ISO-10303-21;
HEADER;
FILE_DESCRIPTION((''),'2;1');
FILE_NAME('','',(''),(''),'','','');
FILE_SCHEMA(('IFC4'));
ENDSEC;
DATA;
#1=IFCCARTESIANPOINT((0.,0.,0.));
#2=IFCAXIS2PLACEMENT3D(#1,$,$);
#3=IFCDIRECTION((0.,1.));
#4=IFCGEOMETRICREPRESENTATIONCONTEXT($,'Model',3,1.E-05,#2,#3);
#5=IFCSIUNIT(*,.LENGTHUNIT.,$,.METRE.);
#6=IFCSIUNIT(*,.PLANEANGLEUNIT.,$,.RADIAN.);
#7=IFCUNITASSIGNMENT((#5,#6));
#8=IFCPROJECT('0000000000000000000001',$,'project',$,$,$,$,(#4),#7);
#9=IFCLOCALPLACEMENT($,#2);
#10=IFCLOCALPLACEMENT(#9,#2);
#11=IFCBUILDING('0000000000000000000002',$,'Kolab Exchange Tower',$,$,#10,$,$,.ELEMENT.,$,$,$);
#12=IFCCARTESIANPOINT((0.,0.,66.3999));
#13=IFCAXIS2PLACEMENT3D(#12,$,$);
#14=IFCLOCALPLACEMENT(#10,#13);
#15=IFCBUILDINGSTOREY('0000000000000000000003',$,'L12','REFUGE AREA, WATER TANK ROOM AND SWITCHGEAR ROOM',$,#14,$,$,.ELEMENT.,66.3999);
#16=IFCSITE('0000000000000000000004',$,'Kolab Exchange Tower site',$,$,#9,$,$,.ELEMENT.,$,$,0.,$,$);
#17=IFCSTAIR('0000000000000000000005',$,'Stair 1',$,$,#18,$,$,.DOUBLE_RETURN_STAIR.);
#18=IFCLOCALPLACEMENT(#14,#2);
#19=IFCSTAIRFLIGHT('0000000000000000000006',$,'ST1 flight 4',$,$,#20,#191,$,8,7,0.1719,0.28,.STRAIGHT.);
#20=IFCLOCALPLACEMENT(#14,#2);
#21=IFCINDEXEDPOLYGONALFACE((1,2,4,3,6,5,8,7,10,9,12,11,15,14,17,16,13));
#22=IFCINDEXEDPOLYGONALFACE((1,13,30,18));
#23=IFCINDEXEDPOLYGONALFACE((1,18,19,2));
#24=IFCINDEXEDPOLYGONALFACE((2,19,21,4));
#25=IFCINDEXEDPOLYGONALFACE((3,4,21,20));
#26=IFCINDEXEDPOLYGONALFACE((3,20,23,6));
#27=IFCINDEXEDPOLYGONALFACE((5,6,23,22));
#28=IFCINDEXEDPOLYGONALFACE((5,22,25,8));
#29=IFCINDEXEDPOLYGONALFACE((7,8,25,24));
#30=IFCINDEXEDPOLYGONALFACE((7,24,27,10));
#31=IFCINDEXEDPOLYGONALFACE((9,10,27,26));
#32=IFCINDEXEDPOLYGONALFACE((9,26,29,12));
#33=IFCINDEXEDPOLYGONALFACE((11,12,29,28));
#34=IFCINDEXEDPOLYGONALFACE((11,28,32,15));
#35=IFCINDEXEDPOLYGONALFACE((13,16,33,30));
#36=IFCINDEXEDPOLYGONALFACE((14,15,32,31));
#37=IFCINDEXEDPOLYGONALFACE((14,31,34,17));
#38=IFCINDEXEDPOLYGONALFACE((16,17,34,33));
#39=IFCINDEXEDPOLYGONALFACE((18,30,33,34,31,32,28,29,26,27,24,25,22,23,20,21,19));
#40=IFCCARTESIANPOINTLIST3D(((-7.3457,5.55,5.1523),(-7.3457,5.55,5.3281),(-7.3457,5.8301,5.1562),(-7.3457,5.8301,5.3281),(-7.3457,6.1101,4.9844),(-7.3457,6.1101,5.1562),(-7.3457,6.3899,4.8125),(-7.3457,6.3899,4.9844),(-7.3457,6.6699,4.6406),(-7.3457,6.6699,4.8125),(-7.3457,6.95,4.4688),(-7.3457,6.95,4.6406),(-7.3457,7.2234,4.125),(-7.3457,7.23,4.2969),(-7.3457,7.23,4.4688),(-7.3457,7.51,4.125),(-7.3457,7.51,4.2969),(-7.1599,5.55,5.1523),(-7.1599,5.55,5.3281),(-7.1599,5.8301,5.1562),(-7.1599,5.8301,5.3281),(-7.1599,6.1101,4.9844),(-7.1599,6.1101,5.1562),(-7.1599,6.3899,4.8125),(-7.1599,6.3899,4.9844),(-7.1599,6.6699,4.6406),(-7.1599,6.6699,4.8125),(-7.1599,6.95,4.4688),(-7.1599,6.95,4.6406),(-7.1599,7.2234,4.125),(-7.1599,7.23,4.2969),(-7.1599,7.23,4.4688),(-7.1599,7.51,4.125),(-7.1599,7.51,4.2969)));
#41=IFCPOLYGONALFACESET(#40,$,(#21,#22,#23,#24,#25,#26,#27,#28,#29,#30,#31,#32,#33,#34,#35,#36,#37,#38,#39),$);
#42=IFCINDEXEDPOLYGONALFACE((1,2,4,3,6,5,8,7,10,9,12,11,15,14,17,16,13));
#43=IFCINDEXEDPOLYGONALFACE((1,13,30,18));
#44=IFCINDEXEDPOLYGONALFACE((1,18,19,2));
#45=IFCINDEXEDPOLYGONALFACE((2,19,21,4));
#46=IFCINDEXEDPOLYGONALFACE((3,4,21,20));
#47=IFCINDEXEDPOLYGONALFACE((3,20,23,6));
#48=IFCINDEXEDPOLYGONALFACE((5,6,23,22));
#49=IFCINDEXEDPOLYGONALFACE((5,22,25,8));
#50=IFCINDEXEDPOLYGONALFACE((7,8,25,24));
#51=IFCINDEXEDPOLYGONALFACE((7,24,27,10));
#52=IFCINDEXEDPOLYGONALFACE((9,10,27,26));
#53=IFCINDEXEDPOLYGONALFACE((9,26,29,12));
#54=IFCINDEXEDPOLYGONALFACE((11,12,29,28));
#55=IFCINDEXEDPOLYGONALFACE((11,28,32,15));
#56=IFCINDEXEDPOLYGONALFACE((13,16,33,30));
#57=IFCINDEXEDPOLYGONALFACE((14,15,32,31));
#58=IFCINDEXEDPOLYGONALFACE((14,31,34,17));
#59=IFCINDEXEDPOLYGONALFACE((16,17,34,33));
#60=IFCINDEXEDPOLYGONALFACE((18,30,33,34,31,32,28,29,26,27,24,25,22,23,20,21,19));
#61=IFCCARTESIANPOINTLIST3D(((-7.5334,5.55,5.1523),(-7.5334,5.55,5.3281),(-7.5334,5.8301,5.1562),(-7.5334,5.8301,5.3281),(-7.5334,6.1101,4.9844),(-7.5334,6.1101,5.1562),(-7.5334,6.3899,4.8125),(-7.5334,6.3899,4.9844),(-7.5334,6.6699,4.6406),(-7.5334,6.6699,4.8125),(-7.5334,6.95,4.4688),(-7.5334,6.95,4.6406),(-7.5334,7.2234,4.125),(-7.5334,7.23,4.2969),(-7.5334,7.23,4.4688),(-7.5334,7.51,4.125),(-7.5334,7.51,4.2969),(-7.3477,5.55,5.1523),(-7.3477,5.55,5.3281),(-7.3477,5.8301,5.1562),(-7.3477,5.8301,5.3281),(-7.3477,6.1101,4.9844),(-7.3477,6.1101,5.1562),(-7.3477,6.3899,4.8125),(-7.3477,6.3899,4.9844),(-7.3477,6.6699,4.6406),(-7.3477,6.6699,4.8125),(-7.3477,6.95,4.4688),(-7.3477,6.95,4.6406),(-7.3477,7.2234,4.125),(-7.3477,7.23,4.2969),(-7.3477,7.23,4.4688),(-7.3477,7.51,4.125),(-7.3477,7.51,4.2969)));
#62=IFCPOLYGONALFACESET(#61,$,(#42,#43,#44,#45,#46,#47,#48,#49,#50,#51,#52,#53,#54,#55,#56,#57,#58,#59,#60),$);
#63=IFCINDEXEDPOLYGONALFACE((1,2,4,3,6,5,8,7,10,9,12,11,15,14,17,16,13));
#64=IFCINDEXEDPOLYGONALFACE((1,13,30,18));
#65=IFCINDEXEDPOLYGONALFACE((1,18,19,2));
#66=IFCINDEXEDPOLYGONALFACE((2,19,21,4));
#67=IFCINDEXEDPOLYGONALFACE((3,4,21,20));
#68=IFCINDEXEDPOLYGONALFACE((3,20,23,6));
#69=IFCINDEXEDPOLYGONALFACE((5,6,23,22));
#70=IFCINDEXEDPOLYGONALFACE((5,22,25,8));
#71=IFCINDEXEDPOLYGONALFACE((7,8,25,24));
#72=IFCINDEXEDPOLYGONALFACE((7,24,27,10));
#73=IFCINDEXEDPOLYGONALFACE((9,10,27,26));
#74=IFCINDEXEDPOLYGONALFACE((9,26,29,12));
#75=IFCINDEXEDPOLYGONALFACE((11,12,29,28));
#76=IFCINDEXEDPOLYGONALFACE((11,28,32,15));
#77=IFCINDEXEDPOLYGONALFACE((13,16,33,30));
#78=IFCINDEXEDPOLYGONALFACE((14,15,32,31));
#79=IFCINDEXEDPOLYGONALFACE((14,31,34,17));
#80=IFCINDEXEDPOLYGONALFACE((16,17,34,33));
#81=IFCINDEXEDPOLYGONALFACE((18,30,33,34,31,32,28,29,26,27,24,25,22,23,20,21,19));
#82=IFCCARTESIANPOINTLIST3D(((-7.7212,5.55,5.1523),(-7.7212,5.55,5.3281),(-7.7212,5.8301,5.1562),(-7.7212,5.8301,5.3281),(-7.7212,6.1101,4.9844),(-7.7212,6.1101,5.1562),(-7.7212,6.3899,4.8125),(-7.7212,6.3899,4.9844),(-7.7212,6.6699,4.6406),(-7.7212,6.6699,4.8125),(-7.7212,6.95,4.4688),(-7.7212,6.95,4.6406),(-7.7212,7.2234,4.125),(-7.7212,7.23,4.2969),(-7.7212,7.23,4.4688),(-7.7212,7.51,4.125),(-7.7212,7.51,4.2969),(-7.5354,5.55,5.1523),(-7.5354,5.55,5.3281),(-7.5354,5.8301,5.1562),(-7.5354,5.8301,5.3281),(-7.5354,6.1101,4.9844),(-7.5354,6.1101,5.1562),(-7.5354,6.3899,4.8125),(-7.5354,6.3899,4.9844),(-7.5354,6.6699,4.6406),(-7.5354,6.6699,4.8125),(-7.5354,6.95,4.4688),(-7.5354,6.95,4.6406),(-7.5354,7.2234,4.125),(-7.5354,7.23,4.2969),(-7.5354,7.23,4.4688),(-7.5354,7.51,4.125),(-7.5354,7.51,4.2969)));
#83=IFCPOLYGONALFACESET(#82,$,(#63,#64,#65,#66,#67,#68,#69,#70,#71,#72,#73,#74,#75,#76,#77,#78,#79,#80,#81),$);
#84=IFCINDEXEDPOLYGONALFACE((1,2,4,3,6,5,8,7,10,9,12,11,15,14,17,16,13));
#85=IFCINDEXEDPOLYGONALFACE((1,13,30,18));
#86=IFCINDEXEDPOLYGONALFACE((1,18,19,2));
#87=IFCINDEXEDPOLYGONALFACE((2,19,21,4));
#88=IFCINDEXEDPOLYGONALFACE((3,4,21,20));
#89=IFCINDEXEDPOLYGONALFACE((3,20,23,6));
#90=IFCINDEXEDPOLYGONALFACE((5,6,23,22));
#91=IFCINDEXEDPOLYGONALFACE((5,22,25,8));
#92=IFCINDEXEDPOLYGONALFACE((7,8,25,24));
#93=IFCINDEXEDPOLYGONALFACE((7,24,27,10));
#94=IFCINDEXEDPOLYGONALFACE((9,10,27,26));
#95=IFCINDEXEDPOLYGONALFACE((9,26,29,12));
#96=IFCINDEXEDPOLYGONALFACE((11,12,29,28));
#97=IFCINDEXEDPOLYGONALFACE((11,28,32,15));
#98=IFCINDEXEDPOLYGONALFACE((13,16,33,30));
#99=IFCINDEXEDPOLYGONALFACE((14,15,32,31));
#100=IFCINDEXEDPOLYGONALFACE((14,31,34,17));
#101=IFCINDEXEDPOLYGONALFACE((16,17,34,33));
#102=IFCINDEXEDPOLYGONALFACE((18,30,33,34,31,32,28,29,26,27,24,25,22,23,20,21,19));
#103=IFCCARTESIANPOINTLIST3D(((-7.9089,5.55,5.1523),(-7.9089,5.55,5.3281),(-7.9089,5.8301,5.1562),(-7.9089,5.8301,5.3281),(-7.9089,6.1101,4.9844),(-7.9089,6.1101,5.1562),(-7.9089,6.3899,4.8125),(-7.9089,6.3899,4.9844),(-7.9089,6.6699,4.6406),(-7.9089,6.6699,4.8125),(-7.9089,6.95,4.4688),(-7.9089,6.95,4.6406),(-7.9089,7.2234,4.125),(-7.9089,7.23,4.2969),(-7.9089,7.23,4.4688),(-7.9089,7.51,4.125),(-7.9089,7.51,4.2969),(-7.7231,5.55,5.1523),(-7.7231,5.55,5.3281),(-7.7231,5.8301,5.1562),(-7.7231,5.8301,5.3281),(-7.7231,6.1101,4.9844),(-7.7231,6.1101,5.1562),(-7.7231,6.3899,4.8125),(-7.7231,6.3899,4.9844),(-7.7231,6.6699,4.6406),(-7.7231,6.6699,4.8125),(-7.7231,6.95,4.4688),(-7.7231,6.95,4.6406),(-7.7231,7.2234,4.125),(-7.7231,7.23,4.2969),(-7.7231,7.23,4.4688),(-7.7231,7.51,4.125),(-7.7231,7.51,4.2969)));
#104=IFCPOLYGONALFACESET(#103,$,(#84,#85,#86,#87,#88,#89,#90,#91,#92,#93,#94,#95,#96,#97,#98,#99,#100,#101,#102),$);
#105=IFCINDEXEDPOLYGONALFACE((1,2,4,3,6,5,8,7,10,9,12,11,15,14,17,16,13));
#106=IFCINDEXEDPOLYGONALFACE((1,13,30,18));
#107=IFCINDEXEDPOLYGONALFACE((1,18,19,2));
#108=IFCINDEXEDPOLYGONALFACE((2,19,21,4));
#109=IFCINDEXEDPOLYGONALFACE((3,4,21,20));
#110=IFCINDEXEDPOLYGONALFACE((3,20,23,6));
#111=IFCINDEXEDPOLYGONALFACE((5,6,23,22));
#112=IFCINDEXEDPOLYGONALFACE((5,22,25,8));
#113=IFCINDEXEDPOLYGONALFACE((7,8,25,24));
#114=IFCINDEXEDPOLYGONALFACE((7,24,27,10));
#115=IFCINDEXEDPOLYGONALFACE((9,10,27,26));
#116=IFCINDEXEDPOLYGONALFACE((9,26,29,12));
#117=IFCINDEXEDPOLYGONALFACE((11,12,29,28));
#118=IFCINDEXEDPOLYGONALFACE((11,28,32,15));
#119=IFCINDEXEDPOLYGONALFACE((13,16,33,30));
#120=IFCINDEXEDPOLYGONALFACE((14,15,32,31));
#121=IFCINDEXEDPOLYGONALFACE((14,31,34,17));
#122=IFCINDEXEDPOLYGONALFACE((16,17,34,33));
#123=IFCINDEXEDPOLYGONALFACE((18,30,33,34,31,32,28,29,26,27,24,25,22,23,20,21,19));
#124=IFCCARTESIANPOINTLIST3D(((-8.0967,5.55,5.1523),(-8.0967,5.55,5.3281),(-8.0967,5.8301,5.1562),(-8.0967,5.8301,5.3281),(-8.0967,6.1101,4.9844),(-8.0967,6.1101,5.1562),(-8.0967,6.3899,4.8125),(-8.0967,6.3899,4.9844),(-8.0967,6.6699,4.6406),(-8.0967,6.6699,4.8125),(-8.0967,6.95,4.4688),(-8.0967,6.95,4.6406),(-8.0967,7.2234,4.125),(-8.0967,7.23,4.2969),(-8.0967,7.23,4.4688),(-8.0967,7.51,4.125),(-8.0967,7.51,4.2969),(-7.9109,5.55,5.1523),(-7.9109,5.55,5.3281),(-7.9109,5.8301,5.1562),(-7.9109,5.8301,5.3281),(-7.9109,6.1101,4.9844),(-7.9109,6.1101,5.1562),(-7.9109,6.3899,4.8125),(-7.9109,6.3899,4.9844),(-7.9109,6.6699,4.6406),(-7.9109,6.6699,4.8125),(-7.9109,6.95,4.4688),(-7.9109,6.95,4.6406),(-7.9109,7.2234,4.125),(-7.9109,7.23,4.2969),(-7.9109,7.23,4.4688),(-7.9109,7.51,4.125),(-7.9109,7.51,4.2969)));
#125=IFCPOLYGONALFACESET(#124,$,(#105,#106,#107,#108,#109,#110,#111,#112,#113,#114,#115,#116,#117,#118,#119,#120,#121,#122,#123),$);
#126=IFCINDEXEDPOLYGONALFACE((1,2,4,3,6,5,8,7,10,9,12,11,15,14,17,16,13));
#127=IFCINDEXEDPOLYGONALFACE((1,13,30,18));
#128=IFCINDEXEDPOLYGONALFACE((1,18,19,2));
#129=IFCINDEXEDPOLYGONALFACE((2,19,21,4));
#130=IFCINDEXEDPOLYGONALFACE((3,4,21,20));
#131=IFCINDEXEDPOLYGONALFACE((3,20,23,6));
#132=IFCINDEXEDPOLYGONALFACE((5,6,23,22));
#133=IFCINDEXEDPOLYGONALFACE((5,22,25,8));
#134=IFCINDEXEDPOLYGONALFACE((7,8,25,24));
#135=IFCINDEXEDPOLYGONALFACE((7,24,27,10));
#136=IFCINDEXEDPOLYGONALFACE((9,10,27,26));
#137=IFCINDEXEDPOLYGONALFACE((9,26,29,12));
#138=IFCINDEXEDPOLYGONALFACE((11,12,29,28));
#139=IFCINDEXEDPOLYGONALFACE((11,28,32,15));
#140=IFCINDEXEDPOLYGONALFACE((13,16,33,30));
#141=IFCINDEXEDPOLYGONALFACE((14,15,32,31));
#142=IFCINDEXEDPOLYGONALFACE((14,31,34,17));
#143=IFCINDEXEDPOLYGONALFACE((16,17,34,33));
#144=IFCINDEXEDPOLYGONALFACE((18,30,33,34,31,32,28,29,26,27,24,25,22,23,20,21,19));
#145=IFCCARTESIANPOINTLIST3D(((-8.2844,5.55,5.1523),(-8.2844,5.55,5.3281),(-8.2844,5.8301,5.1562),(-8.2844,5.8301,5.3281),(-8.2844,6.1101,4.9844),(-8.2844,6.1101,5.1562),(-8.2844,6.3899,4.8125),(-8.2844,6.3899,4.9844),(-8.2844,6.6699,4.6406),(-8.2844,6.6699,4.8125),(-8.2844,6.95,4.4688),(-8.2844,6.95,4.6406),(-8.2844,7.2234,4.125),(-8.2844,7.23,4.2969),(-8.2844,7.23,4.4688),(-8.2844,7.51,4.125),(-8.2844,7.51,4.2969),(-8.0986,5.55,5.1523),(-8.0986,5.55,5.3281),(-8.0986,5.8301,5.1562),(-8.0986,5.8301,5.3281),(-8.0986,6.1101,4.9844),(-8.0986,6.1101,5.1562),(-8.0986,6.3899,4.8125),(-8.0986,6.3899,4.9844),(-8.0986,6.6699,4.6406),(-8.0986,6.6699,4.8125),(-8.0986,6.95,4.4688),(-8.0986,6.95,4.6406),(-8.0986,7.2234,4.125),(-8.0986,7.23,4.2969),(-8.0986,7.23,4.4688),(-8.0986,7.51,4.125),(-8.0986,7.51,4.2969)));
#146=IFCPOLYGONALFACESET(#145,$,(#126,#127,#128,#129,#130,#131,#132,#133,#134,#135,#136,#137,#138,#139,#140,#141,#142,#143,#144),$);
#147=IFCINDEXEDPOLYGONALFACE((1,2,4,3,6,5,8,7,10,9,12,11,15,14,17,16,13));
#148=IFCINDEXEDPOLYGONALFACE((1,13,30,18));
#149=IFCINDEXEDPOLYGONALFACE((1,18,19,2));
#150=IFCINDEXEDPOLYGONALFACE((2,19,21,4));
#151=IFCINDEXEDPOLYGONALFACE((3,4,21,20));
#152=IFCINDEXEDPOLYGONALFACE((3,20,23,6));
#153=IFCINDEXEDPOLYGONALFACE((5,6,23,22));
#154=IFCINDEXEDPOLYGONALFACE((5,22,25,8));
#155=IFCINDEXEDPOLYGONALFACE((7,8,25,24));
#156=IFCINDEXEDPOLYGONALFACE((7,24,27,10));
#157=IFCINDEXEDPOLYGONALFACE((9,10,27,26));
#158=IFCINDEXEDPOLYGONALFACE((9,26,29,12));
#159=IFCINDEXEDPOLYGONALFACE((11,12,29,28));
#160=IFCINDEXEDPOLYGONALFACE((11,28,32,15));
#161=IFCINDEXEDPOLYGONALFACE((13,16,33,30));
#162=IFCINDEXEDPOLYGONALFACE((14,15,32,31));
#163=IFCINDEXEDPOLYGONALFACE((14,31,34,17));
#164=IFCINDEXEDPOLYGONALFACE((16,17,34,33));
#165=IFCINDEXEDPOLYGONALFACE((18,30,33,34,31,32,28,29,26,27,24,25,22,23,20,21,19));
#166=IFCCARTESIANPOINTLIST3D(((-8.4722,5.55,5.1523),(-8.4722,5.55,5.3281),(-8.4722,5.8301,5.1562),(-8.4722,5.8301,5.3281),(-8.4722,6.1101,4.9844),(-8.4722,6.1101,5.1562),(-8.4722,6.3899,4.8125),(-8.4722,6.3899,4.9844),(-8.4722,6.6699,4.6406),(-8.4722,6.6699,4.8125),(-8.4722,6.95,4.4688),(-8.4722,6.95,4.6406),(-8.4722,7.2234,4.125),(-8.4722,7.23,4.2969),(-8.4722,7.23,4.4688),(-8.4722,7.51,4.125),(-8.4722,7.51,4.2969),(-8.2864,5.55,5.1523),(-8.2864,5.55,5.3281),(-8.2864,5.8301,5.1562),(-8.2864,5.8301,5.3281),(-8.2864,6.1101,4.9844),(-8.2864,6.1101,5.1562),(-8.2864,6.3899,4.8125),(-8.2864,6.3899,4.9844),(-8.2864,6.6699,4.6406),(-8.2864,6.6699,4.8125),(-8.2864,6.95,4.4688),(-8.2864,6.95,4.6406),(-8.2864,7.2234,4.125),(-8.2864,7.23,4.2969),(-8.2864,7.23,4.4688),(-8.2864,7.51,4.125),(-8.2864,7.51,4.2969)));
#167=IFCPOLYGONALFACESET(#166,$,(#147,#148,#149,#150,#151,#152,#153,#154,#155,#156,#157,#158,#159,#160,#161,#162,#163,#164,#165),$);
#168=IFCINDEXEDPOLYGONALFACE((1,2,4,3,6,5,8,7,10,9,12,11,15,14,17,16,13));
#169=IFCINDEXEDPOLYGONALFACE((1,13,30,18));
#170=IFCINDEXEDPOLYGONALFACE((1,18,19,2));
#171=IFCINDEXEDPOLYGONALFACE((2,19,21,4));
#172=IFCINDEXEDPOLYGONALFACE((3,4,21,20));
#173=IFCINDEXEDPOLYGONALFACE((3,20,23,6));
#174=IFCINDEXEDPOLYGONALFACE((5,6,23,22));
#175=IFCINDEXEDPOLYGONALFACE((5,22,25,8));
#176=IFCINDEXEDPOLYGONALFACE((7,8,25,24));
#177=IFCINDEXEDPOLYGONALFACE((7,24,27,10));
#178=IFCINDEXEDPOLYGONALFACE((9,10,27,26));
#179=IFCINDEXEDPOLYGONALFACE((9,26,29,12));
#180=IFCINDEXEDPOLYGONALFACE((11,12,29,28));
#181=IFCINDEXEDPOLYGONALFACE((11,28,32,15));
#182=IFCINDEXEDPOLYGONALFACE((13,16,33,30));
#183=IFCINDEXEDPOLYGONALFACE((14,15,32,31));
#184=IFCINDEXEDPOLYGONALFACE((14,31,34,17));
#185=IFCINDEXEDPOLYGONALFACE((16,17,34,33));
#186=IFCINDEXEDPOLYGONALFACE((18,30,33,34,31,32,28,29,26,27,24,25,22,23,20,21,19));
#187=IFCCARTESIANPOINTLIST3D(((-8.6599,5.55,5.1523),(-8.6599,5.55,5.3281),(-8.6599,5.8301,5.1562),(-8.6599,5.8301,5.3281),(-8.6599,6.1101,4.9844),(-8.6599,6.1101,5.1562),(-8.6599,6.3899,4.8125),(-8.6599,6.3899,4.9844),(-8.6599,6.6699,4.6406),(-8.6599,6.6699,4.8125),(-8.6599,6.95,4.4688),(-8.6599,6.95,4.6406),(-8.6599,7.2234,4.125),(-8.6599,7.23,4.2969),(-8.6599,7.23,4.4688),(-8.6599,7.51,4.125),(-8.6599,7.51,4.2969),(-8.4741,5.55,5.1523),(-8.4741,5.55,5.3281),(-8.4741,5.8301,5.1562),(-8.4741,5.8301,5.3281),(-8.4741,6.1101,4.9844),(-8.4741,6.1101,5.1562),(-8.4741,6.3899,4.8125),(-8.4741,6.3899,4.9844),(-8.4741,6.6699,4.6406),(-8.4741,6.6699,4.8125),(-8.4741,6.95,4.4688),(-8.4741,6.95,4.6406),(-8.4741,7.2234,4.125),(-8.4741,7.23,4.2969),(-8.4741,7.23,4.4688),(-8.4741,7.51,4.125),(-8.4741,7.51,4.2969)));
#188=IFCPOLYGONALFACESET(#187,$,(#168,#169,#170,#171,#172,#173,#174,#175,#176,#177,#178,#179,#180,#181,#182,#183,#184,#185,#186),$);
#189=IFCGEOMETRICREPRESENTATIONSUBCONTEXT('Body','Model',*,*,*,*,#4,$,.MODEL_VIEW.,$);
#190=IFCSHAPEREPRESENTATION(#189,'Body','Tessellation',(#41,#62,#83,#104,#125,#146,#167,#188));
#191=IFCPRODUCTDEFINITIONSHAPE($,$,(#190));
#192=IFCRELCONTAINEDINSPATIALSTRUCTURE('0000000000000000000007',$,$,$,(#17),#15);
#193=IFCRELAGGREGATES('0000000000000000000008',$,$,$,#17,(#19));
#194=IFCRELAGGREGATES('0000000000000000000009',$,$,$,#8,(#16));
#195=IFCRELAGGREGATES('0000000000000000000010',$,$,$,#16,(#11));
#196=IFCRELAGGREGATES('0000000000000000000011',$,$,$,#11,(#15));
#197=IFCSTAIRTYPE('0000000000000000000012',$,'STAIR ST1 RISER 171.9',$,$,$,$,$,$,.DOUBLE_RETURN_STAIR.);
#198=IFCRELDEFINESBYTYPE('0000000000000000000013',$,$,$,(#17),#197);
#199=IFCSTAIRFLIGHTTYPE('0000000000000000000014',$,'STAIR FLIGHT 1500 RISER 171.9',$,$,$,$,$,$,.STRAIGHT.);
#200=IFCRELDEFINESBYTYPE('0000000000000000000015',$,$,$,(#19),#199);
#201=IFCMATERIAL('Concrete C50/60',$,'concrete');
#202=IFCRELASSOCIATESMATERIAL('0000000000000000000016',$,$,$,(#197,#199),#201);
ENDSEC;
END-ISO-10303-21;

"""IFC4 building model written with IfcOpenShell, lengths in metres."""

from ifc_helpers import new_model, si_unit, direction, frame, origin, place, context, subcontext, project, spatial, polyline, outline, extrude, material, type_object, element, aggregate, save


model = new_model("IFC4")

# Units and contexts
model_context = context("Model", 3, precision=1e-05, world=origin(), true_north=direction((0.0, 1.0)))
body_context = subcontext(model_context, "Body", "Model", "MODEL_VIEW")
ifc_project = project(units=[si_unit("LENGTHUNIT", "METRE"), si_unit("PLANEANGLEUNIT", "RADIAN")], contexts=[model_context])

# Site, building, storey
site_placement = place(None, origin())
site = spatial("IfcSite", under=ifc_project, at=site_placement, Name="Kolab Exchange Tower site", CompositionType="ELEMENT", RefElevation=0.0)
building_placement = place(site_placement, origin())
building = spatial("IfcBuilding", under=site, at=building_placement, Name="Kolab Exchange Tower", CompositionType="ELEMENT")
storey_placement = place(building_placement, frame((0.0, 0.0, 66.3999)))
storey = spatial("IfcBuildingStorey", under=building, at=storey_placement, Name="L12", Description="REFUGE AREA, WATER TANK ROOM AND SWITCHGEAR ROOM", CompositionType="ELEMENT", Elevation=66.3999)

# Shared definitions
ifc_material_1 = material(Name="Concrete C50/60", Category="concrete")

# Stair, stair flight
stair_type = type_object("IfcStairType", Name="STAIR ST1 RISER 171.9", PredefinedType="DOUBLE_RETURN_STAIR", material=ifc_material_1)
stair_placement = place(storey_placement, origin())
stair = element("IfcStair", 1, at=stair_placement, inside=storey, type_object=stair_type, Name="Stair 1", PredefinedType="DOUBLE_RETURN_STAIR")
stair_flight_type = type_object("IfcStairFlightType", Name="STAIR FLIGHT 1500 RISER 171.9", PredefinedType="STRAIGHT", material=ifc_material_1)
stair_flight_1_placement = place(storey_placement, frame((-7.9099, 7.51, 4.125), z_axis=(0.0, 0.0, 1.0), x_axis=(0.0, -1.0, 0.0)))
stair_flight_1 = element("IfcStairFlight", 2, at=stair_flight_1_placement, type_object=stair_flight_type, Name="ST1 flight 4", NumberOfRisers=8, NumberOfTreads=7, PredefinedType="STRAIGHT", RiserHeight=0.1719, TreadLength=0.28, context=body_context, shape_type="SweptSolid", body=[
    extrude(outline(polyline([(0.0, 0.0), (0.0, 0.1719), (0.28, 0.1719), (0.28, 0.3438), (0.5601, 0.3438), (0.5601, 0.5156), (0.8401, 0.5156), (0.8401, 0.6875), (1.1201, 0.6875), (1.1201, 0.8594), (1.3999, 0.8594), (1.3999, 1.0312), (1.6799, 1.0312), (1.6799, 1.2031), (1.96, 1.2031), (1.96, 1.375), (1.96, 1.0273), (0.2866, 0.0), (0.0, 0.0)])), frame((0.0, 0.75, 0.0), z_axis=(0.0, -1.0, 0.0), x_axis=(1.0, 0.0, 0.0)), (0.0, 0.0, 1.0), 0.1858),
    extrude(outline(polyline([(0.0, 0.0), (0.0, 0.1719), (0.28, 0.1719), (0.28, 0.3438), (0.5601, 0.3438), (0.5601, 0.5156), (0.8401, 0.5156), (0.8401, 0.6875), (1.1201, 0.6875), (1.1201, 0.8594), (1.3999, 0.8594), (1.3999, 1.0312), (1.6799, 1.0312), (1.6799, 1.2031), (1.96, 1.2031), (1.96, 1.375), (1.96, 1.0273), (0.2866, 0.0), (0.0, 0.0)])), frame((0.0, 0.5623, 0.0), z_axis=(0.0, -1.0, 0.0), x_axis=(1.0, 0.0, 0.0)), (0.0, 0.0, 1.0), 0.1858),
    extrude(outline(polyline([(0.0, 0.0), (0.0, 0.1719), (0.28, 0.1719), (0.28, 0.3438), (0.5601, 0.3438), (0.5601, 0.5156), (0.8401, 0.5156), (0.8401, 0.6875), (1.1201, 0.6875), (1.1201, 0.8594), (1.3999, 0.8594), (1.3999, 1.0312), (1.6799, 1.0312), (1.6799, 1.2031), (1.96, 1.2031), (1.96, 1.375), (1.96, 1.0273), (0.2866, 0.0), (0.0, 0.0)])), frame((0.0, 0.3745, 0.0), z_axis=(0.0, -1.0, 0.0), x_axis=(1.0, 0.0, 0.0)), (0.0, 0.0, 1.0), 0.1858),
    extrude(outline(polyline([(0.0, 0.0), (0.0, 0.1719), (0.28, 0.1719), (0.28, 0.3438), (0.5601, 0.3438), (0.5601, 0.5156), (0.8401, 0.5156), (0.8401, 0.6875), (1.1201, 0.6875), (1.1201, 0.8594), (1.3999, 0.8594), (1.3999, 1.0312), (1.6799, 1.0312), (1.6799, 1.2031), (1.96, 1.2031), (1.96, 1.375), (1.96, 1.0273), (0.2866, 0.0), (0.0, 0.0)])), frame((0.0, 0.1868, 0.0), z_axis=(0.0, -1.0, 0.0), x_axis=(1.0, 0.0, 0.0)), (0.0, 0.0, 1.0), 0.1858),
    extrude(outline(polyline([(0.0, 0.0), (0.0, 0.1719), (0.28, 0.1719), (0.28, 0.3438), (0.5601, 0.3438), (0.5601, 0.5156), (0.8401, 0.5156), (0.8401, 0.6875), (1.1201, 0.6875), (1.1201, 0.8594), (1.3999, 0.8594), (1.3999, 1.0312), (1.6799, 1.0312), (1.6799, 1.2031), (1.96, 1.2031), (1.96, 1.375), (1.96, 1.0273), (0.2866, 0.0), (0.0, 0.0)])), frame((0.0, -0.001, 0.0), z_axis=(0.0, -1.0, 0.0), x_axis=(1.0, 0.0, 0.0)), (0.0, 0.0, 1.0), 0.1858),
    extrude(outline(polyline([(0.0, 0.0), (0.0, 0.1719), (0.28, 0.1719), (0.28, 0.3438), (0.5601, 0.3438), (0.5601, 0.5156), (0.8401, 0.5156), (0.8401, 0.6875), (1.1201, 0.6875), (1.1201, 0.8594), (1.3999, 0.8594), (1.3999, 1.0312), (1.6799, 1.0312), (1.6799, 1.2031), (1.96, 1.2031), (1.96, 1.375), (1.96, 1.0273), (0.2866, 0.0), (0.0, 0.0)])), frame((0.0, -0.1887, 0.0), z_axis=(0.0, -1.0, 0.0), x_axis=(1.0, 0.0, 0.0)), (0.0, 0.0, 1.0), 0.1858),
    extrude(outline(polyline([(0.0, 0.0), (0.0, 0.1719), (0.28, 0.1719), (0.28, 0.3438), (0.5601, 0.3438), (0.5601, 0.5156), (0.8401, 0.5156), (0.8401, 0.6875), (1.1201, 0.6875), (1.1201, 0.8594), (1.3999, 0.8594), (1.3999, 1.0312), (1.6799, 1.0312), (1.6799, 1.2031), (1.96, 1.2031), (1.96, 1.375), (1.96, 1.0273), (0.2866, 0.0), (0.0, 0.0)])), frame((0.0, -0.3765, 0.0), z_axis=(0.0, -1.0, 0.0), x_axis=(1.0, 0.0, 0.0)), (0.0, 0.0, 1.0), 0.1858),
    extrude(outline(polyline([(0.0, 0.0), (0.0, 0.1719), (0.28, 0.1719), (0.28, 0.3438), (0.5601, 0.3438), (0.5601, 0.5156), (0.8401, 0.5156), (0.8401, 0.6875), (1.1201, 0.6875), (1.1201, 0.8594), (1.3999, 0.8594), (1.3999, 1.0312), (1.6799, 1.0312), (1.6799, 1.2031), (1.96, 1.2031), (1.96, 1.375), (1.96, 1.0273), (0.2866, 0.0), (0.0, 0.0)])), frame((0.0, -0.5642, 0.0), z_axis=(0.0, -1.0, 0.0), x_axis=(1.0, 0.0, 0.0)), (0.0, 0.0, 1.0), 0.1858),
])
aggregate(stair, [stair_flight_1])

save(model, "model.ifc")
